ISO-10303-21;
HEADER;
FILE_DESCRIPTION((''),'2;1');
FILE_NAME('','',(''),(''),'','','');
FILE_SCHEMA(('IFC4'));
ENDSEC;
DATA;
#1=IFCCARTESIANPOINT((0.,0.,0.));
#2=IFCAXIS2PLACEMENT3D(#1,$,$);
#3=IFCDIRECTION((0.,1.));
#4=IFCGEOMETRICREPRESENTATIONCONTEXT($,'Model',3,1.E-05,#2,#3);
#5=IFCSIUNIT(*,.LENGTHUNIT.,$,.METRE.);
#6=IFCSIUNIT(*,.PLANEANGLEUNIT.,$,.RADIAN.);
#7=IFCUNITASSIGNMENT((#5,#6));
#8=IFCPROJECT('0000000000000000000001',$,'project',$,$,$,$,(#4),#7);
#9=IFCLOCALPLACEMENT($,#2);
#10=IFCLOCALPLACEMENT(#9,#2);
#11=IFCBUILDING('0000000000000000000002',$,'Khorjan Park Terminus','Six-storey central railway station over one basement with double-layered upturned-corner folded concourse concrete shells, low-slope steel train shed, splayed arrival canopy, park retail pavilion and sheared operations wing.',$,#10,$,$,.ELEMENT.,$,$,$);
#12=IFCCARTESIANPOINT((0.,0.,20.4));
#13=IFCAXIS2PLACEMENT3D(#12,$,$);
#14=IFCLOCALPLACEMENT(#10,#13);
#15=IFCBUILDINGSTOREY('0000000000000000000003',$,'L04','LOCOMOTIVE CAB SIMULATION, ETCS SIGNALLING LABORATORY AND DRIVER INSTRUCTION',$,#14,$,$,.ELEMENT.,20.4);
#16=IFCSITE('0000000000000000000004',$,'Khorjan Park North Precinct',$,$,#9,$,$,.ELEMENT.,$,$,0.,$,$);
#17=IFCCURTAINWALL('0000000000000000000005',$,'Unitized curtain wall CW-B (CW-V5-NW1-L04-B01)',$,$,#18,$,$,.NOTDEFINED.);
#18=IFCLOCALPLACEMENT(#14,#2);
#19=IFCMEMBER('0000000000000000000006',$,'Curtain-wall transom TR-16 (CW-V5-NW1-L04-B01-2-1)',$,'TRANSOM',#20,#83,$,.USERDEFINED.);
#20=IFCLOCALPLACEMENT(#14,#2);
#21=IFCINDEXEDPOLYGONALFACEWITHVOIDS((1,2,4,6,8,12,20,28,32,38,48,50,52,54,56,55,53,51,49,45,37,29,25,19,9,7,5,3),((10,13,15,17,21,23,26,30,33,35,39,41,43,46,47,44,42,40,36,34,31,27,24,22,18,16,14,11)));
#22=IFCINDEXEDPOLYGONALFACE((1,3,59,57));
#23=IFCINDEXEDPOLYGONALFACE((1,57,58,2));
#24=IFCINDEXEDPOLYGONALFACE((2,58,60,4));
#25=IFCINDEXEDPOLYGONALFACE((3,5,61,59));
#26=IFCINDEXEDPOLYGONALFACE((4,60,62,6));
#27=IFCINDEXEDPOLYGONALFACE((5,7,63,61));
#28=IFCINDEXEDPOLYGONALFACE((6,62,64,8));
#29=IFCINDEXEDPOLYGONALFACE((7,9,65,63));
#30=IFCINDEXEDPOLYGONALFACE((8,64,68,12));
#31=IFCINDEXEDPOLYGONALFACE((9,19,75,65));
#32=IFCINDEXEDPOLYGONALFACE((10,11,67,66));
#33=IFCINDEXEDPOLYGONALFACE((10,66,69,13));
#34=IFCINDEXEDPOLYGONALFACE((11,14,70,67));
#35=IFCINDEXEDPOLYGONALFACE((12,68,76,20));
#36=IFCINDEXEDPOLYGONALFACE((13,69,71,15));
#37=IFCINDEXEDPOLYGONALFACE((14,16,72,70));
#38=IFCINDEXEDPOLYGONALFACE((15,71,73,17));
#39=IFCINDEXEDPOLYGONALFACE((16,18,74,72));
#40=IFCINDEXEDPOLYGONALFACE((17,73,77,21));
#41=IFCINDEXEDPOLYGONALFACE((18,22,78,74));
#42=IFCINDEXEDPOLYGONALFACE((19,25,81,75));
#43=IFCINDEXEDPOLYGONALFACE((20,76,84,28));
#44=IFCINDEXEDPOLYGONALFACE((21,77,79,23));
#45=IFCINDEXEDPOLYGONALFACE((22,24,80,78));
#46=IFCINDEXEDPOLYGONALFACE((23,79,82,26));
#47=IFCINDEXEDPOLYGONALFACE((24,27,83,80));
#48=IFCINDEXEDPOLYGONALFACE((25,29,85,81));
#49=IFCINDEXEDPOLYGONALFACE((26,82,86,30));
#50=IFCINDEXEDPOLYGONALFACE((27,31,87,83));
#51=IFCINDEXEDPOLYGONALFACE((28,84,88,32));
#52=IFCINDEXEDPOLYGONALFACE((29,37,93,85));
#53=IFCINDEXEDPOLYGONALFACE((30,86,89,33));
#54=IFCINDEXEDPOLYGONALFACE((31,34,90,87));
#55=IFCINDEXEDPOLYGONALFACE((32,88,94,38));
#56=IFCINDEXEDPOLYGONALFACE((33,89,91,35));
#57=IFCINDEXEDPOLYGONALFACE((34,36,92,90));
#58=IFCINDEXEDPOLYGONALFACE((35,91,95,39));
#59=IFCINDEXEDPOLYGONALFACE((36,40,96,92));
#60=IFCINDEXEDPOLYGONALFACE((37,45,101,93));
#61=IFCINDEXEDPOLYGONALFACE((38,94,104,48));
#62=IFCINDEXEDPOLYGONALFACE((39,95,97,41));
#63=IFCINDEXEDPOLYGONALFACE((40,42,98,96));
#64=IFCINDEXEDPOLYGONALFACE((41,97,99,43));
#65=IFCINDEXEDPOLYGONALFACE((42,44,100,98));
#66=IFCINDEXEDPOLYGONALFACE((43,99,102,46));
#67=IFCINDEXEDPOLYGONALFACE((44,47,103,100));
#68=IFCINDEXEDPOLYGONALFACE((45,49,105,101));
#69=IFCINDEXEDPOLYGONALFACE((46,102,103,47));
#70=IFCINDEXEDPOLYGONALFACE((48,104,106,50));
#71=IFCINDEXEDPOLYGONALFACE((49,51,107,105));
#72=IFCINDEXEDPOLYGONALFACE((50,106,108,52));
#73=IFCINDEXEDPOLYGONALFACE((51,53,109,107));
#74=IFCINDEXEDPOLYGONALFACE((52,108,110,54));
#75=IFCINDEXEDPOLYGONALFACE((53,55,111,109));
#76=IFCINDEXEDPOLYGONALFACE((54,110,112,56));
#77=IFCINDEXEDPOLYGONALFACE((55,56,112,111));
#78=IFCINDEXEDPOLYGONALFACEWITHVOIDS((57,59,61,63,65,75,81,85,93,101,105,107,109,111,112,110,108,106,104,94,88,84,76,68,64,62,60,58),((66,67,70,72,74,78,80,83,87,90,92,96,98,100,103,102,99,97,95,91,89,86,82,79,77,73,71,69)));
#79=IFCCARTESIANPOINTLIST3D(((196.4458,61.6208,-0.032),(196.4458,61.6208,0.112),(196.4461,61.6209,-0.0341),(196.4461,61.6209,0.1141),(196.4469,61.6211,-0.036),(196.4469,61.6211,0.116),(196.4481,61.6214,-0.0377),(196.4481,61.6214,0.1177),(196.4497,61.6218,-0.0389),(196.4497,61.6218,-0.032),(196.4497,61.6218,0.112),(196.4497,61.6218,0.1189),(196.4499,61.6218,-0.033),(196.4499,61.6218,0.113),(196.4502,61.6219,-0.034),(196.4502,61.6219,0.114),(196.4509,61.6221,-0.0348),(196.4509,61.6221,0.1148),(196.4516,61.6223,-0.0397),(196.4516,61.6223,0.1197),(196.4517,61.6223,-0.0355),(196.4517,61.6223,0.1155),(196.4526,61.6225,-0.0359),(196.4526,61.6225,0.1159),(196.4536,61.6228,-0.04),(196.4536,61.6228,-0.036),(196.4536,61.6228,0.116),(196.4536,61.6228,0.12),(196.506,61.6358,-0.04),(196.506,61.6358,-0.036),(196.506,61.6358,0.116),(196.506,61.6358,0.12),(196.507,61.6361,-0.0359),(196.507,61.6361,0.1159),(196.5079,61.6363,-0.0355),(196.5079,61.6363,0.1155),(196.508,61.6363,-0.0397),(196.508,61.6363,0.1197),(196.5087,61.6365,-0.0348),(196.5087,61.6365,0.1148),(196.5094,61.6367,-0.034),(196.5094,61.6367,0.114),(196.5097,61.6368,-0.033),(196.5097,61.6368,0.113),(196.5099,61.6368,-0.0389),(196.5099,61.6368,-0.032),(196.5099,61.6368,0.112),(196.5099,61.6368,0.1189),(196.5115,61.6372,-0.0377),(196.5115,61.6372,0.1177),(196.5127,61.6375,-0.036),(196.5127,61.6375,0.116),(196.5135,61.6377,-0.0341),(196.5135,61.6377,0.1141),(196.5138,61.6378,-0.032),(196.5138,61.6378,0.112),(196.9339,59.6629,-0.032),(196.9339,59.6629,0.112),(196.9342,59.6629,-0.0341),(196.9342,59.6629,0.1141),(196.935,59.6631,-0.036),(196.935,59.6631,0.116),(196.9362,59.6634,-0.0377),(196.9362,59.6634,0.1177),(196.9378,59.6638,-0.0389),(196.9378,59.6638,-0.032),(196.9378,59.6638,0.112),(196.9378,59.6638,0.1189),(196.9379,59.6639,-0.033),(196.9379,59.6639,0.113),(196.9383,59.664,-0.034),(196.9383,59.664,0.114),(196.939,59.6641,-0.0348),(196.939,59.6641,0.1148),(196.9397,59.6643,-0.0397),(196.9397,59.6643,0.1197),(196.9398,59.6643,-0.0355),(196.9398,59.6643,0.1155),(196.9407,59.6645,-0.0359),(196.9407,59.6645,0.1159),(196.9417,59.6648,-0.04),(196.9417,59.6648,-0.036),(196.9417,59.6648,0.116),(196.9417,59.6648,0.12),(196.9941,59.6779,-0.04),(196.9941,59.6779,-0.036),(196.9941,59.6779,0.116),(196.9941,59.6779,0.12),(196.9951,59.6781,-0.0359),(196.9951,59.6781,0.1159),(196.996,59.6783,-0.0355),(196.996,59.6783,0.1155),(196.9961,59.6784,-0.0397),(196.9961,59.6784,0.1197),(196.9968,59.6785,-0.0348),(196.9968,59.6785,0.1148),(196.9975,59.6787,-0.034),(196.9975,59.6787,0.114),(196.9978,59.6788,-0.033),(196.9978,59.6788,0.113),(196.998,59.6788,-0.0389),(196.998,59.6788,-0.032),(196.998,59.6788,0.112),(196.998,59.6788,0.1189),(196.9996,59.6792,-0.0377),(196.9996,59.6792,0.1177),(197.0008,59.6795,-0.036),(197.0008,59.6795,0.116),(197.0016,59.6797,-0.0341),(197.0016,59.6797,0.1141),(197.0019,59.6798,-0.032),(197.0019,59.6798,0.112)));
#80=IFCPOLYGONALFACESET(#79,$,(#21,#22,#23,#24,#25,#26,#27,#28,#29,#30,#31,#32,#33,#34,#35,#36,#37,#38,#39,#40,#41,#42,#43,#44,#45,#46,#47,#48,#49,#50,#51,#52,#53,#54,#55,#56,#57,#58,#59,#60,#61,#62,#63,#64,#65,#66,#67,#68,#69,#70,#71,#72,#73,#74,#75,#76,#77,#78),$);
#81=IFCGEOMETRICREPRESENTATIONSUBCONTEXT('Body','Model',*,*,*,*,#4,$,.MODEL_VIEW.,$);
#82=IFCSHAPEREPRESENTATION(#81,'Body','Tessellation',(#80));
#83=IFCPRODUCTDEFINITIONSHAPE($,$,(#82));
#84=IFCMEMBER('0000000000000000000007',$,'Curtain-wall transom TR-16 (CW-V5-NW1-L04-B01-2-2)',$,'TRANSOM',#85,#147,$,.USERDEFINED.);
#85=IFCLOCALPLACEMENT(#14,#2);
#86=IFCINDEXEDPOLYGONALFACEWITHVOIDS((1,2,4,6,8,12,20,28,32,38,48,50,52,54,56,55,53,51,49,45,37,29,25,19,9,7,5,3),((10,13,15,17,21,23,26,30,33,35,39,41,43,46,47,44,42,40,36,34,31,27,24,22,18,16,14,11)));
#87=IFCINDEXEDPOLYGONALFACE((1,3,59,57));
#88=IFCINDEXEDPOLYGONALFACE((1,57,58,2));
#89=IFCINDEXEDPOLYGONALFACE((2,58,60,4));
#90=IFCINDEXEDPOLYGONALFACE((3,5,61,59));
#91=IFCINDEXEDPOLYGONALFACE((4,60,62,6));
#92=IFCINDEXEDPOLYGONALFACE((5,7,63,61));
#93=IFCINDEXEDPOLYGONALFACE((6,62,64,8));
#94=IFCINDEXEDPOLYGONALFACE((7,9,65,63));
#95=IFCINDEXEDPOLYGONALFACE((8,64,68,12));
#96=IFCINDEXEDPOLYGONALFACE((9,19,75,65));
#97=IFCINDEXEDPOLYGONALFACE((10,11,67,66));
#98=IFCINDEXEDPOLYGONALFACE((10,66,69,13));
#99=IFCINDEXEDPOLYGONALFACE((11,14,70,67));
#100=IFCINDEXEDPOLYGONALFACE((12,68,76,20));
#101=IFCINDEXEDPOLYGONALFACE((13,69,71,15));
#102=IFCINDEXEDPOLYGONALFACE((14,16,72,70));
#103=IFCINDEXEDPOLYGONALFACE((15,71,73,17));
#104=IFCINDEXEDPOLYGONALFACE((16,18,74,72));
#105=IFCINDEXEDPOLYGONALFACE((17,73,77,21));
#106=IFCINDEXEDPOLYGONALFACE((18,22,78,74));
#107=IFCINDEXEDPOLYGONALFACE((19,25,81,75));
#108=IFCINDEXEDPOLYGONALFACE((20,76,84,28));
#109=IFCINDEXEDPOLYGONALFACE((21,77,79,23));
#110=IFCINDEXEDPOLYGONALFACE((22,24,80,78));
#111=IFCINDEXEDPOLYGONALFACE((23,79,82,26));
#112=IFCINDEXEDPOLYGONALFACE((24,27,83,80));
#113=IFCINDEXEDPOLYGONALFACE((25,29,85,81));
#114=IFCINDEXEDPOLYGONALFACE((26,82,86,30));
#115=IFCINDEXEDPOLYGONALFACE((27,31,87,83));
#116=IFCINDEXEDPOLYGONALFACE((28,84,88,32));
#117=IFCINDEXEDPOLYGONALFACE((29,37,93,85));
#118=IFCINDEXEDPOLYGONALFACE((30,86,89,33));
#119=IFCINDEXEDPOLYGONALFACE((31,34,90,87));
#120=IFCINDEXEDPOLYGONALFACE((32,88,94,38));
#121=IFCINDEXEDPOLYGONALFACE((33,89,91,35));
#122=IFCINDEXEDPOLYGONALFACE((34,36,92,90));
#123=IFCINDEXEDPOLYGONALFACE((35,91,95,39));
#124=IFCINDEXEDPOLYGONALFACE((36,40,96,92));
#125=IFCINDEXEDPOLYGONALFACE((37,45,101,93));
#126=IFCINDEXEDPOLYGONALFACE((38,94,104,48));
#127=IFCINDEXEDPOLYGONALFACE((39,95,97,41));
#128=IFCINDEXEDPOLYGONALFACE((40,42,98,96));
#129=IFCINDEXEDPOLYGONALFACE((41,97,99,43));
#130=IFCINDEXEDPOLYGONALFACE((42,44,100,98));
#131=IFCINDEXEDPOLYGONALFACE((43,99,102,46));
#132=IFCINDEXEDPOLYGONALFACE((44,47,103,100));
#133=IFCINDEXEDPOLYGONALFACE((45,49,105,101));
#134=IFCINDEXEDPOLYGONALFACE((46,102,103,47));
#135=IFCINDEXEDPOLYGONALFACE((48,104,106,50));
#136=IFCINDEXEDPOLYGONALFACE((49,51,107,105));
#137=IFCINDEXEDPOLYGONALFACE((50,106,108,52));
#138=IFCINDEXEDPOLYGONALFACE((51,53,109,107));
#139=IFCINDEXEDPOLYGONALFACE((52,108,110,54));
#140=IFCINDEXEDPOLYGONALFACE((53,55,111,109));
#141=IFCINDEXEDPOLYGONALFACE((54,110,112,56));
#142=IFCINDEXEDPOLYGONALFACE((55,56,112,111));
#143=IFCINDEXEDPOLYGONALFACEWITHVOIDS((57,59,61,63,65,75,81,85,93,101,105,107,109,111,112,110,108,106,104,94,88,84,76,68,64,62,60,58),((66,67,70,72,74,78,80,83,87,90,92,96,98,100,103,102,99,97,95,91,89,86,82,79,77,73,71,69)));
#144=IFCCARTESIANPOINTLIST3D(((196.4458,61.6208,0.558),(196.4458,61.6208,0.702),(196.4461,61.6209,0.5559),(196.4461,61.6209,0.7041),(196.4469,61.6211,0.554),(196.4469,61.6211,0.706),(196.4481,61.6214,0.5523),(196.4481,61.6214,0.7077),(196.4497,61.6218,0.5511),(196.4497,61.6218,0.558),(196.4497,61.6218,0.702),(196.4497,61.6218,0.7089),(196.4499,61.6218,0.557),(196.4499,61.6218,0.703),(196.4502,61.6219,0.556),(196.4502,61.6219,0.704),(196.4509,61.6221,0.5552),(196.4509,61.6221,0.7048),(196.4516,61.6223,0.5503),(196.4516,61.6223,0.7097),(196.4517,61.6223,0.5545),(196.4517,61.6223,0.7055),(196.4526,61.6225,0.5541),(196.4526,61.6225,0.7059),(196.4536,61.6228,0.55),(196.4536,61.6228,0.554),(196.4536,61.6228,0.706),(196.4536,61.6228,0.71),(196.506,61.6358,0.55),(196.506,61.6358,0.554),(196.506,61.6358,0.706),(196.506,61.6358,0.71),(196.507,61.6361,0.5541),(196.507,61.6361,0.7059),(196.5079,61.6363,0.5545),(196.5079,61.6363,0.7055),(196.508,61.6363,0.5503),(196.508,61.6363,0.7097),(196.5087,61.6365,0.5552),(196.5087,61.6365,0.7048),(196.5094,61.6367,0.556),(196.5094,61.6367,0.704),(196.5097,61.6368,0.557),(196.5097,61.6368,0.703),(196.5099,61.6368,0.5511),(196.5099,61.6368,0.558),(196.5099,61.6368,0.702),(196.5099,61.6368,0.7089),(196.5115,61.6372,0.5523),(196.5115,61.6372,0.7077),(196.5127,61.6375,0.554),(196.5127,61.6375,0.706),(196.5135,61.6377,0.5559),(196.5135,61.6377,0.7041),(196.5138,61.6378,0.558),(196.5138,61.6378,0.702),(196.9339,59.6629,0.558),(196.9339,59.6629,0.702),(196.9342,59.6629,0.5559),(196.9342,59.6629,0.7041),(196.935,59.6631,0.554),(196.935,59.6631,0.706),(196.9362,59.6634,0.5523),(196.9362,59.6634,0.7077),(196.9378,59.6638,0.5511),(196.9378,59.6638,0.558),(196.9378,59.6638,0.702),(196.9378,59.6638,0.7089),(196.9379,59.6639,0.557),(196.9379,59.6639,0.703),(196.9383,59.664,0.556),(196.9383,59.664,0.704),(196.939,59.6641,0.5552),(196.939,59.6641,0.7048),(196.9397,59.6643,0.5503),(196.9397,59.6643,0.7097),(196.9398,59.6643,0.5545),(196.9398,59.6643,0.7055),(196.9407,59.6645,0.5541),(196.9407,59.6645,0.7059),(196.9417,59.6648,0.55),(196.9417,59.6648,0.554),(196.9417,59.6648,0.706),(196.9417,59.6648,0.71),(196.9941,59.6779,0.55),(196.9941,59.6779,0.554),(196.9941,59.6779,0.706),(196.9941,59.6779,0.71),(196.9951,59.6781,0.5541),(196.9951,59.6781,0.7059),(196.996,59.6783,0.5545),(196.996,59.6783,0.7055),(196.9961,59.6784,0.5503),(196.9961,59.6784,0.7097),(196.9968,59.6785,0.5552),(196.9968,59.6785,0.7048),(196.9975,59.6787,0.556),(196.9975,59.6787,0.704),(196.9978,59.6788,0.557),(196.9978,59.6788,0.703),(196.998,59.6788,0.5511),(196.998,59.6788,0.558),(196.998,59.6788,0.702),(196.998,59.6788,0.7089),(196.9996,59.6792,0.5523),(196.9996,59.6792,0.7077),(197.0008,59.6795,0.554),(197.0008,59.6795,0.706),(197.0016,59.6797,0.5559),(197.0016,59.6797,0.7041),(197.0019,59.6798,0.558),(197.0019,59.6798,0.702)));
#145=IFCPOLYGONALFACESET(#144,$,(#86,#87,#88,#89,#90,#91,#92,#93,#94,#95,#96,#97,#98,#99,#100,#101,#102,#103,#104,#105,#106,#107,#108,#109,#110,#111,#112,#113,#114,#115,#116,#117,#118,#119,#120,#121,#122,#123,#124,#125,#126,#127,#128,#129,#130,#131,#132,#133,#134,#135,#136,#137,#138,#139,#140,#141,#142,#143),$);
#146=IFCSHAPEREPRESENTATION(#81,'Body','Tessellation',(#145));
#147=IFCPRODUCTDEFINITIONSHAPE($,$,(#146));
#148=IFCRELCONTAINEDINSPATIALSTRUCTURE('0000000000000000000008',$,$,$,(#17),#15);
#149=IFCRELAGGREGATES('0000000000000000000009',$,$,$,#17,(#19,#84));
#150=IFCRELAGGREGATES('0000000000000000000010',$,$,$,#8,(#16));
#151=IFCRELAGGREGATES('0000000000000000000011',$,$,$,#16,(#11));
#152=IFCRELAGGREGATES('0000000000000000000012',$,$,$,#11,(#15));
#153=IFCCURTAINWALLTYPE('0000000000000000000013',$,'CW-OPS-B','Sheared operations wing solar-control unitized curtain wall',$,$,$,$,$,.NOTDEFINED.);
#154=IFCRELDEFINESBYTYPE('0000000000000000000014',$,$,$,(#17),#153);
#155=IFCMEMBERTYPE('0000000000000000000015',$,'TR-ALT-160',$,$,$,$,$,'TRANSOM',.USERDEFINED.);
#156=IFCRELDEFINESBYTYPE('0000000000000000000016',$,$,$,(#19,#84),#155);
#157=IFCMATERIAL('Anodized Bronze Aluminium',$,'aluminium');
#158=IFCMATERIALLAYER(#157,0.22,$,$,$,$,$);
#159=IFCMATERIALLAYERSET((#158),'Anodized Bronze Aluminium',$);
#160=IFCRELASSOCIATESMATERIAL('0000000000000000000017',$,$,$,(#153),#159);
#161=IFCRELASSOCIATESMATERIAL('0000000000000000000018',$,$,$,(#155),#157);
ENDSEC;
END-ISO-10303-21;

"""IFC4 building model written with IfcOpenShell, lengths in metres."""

from ifc_helpers import new_model, si_unit, direction, frame, origin, origin_2d, place, context, subcontext, project, spatial, hollow_rectangle, extrude, material, layer, layer_set, material_profile, profile_set, type_object, element, aggregate, save


model = new_model("IFC4")

# Units and contexts
model_context = context("Model", 3, precision=1e-05, world=origin(), true_north=direction((0.0, 1.0)))
body_context = subcontext(model_context, "Body", "Model", "MODEL_VIEW")
ifc_project = project(units=[si_unit("LENGTHUNIT", "METRE"), si_unit("PLANEANGLEUNIT", "RADIAN")], contexts=[model_context])

# Site, building, storey
site_placement = place(None, origin())
site = spatial("IfcSite", under=ifc_project, at=site_placement, Name="Khorjan Park North Precinct", CompositionType="ELEMENT", RefElevation=0.0)
building_placement = place(site_placement, origin())
building = spatial("IfcBuilding", under=site, at=building_placement, Name="Khorjan Park Terminus", Description="Six-storey central railway station over one basement with double-layered upturned-corner folded concourse concrete shells, low-slope steel train shed, splayed arrival canopy, park retail pavilion and sheared operations wing.", CompositionType="ELEMENT")
storey_placement = place(building_placement, frame((0.0, 0.0, 20.4)))
storey = spatial("IfcBuildingStorey", under=building, at=storey_placement, Name="L04", Description="LOCOMOTIVE CAB SIMULATION, ETCS SIGNALLING LABORATORY AND DRIVER INSTRUCTION", CompositionType="ELEMENT", Elevation=20.4)

# Curtain wall, members
ifc_material_1 = material(Name="Anodized Bronze Aluminium", Category="aluminium")
ifc_layer_1 = layer(ifc_material_1, 0.22)
ifc_layer_set_1 = layer_set([ifc_layer_1], Name="Anodized Bronze Aluminium")
curtain_wall_type = type_object("IfcCurtainWallType", Name="CW-OPS-B", Description="Sheared operations wing solar-control unitized curtain wall", PredefinedType="NOTDEFINED", material=ifc_layer_set_1)
curtain_wall_placement = place(storey_placement, origin())
curtain_wall = element("IfcCurtainWall", 1, at=curtain_wall_placement, inside=storey, type_object=curtain_wall_type, Name="Unitized curtain wall CW-B (CW-V5-NW1-L04-B01)", PredefinedType="NOTDEFINED")
ifc_material_profile_1 = material_profile(ifc_material_1, hollow_rectangle(XDim=0.07, YDim=0.16, WallThickness=0.004, InnerFilletRadius=0.004, OuterFilletRadius=0.008, at=origin_2d()), Name="ALT 70x160x4")
ifc_profile_set_1 = profile_set([ifc_material_profile_1], Name="Anodized Bronze Aluminium")
member_type_1 = type_object("IfcMemberType", Name="TR-ALT-160", ElementType="TRANSOM", PredefinedType="USERDEFINED", material=ifc_profile_set_1)
member_1_placement = place(storey_placement, frame((196.4798, 61.6293, 0.04), z_axis=(0.241883, -0.970306, 0.0), x_axis=(0.970306, 0.241883, 0.0)))
member_1 = element("IfcMember", 2, at=member_1_placement, type_object=member_type_1, Name="Curtain-wall transom TR-16 (CW-V5-NW1-L04-B01-2-1)", ObjectType="TRANSOM", PredefinedType="USERDEFINED", context=body_context, shape_type="SweptSolid", body=[
    extrude(hollow_rectangle(XDim=0.07, YDim=0.16, WallThickness=0.004, InnerFilletRadius=0.004, OuterFilletRadius=0.008, at=origin_2d()), origin(), (0.0, 0.0, 1.0), 2.0179),
])
member_2_placement = place(storey_placement, frame((196.4798, 61.6293, 0.63), z_axis=(0.241883, -0.970306, 0.0), x_axis=(0.970306, 0.241883, 0.0)))
member_2 = element("IfcMember", 3, at=member_2_placement, type_object=member_type_1, Name="Curtain-wall transom TR-16 (CW-V5-NW1-L04-B01-2-2)", ObjectType="TRANSOM", PredefinedType="USERDEFINED", context=body_context, shape_type="SweptSolid", body=[
    extrude(hollow_rectangle(XDim=0.07, YDim=0.16, WallThickness=0.004, InnerFilletRadius=0.004, OuterFilletRadius=0.008, at=origin_2d()), origin(), (0.0, 0.0, 1.0), 2.0179),
])
aggregate(curtain_wall, [member_1, member_2])

save(model, "model.ifc")
